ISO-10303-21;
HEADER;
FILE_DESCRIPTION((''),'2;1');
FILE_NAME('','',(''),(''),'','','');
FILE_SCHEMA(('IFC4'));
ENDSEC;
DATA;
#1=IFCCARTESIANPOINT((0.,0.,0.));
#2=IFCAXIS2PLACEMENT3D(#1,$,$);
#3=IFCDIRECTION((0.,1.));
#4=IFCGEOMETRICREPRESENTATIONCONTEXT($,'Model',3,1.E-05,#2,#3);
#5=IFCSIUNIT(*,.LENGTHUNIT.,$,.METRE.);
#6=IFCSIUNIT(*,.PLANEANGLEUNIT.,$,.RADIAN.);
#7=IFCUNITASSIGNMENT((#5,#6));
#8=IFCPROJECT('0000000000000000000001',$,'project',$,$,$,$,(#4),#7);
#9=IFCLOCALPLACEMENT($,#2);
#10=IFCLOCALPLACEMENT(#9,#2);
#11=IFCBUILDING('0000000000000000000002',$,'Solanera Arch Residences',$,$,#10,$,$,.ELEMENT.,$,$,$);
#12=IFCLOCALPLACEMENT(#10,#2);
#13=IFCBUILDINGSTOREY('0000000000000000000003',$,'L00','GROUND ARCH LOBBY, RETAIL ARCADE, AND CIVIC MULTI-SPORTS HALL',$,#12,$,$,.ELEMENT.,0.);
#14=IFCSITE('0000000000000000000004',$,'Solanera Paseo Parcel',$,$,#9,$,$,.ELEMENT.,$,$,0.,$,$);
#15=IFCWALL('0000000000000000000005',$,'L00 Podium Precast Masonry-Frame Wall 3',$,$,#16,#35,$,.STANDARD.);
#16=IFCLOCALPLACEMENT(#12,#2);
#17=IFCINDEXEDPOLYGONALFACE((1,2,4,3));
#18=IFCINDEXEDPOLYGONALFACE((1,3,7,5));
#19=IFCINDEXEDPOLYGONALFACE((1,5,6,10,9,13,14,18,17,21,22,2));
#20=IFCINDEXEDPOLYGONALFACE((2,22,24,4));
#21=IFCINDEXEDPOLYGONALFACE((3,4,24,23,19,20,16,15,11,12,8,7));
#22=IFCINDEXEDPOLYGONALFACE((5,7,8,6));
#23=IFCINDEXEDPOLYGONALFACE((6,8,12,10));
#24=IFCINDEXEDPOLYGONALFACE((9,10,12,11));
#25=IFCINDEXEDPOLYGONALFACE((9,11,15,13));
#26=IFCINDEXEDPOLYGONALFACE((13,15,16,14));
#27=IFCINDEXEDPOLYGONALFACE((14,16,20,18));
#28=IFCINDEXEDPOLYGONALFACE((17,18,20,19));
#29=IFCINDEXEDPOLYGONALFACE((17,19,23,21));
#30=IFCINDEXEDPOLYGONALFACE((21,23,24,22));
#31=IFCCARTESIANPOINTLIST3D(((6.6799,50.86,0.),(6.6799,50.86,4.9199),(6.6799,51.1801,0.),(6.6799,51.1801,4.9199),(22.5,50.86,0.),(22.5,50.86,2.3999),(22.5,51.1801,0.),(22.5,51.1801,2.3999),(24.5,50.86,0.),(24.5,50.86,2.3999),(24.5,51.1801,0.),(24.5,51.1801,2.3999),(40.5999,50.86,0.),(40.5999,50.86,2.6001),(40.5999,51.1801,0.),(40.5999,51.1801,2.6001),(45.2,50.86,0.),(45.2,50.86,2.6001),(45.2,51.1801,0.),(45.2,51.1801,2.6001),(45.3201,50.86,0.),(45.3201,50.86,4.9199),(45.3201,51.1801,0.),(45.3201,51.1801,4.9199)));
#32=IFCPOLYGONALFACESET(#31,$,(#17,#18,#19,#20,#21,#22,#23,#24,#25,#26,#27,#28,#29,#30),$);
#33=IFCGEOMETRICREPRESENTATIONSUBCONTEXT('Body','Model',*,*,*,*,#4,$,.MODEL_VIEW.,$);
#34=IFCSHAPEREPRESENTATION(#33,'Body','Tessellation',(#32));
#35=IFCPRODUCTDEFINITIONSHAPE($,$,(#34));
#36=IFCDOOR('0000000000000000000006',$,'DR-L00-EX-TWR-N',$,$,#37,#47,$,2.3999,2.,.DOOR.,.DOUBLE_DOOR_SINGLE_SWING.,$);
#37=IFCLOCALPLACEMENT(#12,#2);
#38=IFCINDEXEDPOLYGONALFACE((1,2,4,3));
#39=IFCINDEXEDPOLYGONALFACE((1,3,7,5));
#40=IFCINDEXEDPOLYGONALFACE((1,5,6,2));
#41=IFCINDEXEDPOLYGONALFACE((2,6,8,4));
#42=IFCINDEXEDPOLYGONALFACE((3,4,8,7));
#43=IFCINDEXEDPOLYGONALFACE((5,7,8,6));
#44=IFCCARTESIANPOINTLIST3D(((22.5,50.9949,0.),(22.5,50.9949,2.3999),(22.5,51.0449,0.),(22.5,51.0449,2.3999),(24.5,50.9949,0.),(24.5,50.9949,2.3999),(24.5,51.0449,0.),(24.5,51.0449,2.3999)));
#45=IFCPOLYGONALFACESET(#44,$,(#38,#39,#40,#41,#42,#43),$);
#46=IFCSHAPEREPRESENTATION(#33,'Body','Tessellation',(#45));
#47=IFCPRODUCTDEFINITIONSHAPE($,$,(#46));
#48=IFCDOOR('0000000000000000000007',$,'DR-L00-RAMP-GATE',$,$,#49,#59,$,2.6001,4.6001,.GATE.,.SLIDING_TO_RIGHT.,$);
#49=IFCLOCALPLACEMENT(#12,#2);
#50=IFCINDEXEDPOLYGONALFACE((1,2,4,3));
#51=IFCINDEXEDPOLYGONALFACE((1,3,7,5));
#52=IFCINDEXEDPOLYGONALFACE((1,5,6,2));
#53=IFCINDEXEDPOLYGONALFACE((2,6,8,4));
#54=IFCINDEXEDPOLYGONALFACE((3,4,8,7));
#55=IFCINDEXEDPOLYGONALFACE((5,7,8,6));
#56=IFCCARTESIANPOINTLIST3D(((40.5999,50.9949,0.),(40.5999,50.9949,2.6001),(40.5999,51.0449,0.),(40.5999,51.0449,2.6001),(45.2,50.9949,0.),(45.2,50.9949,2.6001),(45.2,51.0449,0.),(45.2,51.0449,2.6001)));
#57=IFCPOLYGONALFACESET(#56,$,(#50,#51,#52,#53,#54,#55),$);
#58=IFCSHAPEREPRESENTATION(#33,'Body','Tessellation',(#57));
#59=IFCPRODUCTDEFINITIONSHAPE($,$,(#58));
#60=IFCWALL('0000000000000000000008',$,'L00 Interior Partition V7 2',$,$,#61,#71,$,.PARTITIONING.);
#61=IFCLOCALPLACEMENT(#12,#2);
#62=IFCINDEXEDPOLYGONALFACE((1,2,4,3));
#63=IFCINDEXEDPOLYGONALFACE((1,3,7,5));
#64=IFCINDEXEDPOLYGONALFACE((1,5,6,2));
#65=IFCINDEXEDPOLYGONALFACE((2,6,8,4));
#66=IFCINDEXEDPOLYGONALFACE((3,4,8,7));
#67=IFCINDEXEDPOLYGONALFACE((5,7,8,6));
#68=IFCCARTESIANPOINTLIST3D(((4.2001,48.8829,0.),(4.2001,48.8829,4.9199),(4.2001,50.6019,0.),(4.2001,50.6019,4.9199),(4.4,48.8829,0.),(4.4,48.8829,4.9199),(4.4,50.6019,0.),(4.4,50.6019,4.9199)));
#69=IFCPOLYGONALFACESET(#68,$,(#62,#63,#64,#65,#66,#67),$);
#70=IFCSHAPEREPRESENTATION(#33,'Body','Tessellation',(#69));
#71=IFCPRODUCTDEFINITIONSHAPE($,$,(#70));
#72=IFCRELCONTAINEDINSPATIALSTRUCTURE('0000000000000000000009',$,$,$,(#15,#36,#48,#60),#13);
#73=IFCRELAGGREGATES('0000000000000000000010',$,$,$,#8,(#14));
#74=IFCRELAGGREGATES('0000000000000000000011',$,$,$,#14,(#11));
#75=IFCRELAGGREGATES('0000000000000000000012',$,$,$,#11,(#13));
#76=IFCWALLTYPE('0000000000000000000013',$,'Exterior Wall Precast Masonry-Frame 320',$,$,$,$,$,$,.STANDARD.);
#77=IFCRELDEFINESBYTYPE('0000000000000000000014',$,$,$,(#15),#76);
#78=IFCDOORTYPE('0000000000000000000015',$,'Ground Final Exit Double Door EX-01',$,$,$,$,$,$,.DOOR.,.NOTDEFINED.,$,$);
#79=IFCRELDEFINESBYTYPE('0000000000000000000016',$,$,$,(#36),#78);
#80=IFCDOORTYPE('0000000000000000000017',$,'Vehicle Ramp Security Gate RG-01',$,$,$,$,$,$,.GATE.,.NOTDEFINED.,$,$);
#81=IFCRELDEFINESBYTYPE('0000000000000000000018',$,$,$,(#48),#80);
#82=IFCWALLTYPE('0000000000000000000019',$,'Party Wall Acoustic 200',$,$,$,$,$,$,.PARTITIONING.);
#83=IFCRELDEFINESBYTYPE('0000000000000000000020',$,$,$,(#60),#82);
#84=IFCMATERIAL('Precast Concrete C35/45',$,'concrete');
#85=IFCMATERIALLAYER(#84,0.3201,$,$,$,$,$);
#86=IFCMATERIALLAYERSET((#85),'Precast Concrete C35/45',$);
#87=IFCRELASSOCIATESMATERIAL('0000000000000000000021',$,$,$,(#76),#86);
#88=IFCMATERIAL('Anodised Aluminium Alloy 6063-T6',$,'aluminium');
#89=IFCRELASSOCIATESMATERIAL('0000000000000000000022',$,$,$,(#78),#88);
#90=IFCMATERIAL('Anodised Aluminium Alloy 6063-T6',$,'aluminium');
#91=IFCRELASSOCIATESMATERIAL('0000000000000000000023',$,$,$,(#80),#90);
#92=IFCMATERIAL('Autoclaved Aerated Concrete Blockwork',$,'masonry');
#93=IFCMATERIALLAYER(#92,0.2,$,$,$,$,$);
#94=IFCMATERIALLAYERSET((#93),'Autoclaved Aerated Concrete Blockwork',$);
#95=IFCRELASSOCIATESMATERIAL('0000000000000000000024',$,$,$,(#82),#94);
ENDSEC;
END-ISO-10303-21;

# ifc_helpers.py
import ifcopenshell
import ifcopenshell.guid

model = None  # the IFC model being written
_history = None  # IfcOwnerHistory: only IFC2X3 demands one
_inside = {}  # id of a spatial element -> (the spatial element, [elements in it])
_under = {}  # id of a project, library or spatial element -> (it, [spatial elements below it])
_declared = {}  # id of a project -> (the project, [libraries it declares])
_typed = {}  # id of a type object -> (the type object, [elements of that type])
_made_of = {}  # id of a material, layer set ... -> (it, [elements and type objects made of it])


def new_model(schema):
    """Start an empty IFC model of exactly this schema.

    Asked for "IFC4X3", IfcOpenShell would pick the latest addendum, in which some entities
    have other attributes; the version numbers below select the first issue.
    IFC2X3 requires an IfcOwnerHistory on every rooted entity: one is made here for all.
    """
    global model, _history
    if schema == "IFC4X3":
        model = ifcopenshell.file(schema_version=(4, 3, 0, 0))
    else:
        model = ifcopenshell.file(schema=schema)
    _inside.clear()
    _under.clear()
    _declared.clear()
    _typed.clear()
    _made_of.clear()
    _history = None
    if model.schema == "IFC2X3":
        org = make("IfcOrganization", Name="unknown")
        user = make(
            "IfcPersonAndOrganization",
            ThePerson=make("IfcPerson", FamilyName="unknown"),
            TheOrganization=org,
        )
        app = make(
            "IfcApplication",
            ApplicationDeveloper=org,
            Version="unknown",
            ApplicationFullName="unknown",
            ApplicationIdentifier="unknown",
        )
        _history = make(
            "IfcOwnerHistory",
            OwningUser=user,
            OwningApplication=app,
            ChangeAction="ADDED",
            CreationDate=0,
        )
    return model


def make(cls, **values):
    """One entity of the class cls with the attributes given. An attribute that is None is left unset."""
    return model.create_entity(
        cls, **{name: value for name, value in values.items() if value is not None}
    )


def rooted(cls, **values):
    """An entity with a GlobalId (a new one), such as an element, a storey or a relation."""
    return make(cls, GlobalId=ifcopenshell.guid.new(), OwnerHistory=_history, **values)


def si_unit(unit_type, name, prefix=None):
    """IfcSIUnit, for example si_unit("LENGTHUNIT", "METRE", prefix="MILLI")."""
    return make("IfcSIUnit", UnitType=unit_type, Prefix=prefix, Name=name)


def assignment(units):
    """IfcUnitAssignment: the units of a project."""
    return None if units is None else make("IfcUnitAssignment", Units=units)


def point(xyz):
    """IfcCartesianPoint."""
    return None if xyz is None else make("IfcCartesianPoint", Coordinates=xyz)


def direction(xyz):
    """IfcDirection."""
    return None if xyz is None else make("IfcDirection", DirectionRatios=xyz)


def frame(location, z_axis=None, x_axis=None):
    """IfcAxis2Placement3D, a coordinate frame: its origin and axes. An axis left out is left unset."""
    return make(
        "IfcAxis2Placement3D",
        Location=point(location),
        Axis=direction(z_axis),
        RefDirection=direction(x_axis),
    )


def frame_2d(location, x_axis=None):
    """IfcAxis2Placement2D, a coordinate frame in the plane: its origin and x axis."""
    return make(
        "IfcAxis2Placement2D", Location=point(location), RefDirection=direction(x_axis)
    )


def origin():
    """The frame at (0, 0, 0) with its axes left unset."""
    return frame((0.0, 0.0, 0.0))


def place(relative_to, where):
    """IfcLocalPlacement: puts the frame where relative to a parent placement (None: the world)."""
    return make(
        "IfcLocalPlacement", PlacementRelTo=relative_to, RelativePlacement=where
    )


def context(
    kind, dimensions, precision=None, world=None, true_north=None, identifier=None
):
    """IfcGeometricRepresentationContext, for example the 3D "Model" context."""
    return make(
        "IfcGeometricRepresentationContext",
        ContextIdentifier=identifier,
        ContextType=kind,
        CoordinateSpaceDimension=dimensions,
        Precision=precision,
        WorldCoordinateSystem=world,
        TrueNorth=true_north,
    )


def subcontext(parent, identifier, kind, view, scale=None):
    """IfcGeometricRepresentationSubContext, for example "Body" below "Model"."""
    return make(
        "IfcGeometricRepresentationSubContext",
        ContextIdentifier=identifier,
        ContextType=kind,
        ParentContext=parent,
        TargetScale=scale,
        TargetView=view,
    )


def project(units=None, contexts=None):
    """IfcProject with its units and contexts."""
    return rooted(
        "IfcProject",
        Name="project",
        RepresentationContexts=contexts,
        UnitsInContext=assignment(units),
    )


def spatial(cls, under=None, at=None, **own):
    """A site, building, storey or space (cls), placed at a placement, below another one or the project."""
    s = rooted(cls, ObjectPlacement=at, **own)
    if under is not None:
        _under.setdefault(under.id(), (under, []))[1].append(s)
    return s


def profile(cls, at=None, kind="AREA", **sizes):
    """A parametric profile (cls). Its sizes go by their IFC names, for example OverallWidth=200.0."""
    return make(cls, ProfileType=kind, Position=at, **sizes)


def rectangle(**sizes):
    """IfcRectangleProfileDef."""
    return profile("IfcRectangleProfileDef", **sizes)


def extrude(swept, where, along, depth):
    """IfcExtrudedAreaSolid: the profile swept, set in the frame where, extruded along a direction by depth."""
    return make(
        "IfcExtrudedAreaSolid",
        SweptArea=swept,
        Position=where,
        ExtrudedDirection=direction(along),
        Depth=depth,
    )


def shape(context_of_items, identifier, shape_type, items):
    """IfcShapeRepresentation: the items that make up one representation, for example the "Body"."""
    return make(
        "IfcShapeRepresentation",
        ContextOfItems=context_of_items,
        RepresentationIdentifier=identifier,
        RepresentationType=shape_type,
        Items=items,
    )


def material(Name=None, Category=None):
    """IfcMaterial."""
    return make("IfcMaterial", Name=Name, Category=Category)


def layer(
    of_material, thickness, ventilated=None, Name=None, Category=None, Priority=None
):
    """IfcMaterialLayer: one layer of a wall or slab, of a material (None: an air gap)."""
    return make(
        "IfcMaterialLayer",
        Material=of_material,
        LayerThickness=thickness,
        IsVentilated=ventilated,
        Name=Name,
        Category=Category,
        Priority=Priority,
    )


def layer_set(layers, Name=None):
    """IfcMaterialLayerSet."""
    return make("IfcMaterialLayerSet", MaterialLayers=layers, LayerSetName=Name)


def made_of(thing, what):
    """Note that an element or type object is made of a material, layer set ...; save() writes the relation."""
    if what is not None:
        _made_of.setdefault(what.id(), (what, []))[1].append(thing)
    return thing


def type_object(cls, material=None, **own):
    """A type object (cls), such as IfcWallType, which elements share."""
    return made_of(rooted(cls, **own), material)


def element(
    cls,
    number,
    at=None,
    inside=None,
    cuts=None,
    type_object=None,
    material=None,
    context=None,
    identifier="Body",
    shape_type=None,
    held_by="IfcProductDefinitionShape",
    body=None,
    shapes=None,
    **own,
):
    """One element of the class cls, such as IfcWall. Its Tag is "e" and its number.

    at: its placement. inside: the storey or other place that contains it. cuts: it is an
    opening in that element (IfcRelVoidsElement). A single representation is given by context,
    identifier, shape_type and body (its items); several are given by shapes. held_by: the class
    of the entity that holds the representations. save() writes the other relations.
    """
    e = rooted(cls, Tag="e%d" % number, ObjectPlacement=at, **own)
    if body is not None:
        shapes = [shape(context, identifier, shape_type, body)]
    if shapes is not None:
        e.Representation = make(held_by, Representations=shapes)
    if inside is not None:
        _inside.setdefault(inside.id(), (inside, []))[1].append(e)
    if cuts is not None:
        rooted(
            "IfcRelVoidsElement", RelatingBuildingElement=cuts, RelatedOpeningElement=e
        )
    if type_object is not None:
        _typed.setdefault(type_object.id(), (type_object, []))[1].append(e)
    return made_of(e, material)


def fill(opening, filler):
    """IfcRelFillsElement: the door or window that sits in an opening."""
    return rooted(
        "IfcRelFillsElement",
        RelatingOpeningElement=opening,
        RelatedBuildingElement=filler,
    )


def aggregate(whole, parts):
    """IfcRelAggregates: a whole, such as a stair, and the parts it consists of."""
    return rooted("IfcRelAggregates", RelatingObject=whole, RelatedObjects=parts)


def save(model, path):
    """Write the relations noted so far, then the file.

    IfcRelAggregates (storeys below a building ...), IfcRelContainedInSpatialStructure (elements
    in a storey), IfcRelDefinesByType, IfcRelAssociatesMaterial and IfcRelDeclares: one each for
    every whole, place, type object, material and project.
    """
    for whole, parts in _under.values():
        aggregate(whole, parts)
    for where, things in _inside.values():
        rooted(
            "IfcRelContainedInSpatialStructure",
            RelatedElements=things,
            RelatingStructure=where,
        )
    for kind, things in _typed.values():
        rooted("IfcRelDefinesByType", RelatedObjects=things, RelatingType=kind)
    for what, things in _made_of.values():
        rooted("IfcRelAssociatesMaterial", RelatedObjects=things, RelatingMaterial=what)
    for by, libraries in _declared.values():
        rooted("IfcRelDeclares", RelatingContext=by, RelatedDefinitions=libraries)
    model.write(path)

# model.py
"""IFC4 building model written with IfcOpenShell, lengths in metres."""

from ifc_helpers import new_model, si_unit, direction, frame, frame_2d, origin, place, context, subcontext, project, spatial, rectangle, extrude, material, layer, layer_set, type_object, element, fill, save


model = new_model("IFC4")

# Units and contexts
model_context = context("Model", 3, precision=1e-05, world=origin(), true_north=direction((0.0, 1.0)))
body_context = subcontext(model_context, "Body", "Model", "MODEL_VIEW")
ifc_project = project(units=[si_unit("LENGTHUNIT", "METRE"), si_unit("PLANEANGLEUNIT", "RADIAN")], contexts=[model_context])

# Site, building, storey
site_placement = place(None, origin())
site = spatial("IfcSite", under=ifc_project, at=site_placement, Name="Solanera Paseo Parcel", CompositionType="ELEMENT", RefElevation=0.0)
building_placement = place(site_placement, origin())
building = spatial("IfcBuilding", under=site, at=building_placement, Name="Solanera Arch Residences", CompositionType="ELEMENT")
storey_placement = place(building_placement, origin())
storey = spatial("IfcBuildingStorey", under=building, at=storey_placement, Name="L00", Description="GROUND ARCH LOBBY, RETAIL ARCADE, AND CIVIC MULTI-SPORTS HALL", CompositionType="ELEMENT", Elevation=0.0)

# Shared definitions
ifc_material_1 = material(Name="Precast Concrete C35/45", Category="concrete")
ifc_layer_1 = layer(ifc_material_1, 0.3201)
ifc_layer_set_1 = layer_set([ifc_layer_1], Name="Precast Concrete C35/45")
wall_type_1 = type_object("IfcWallType", Name="Exterior Wall Precast Masonry-Frame 320", PredefinedType="STANDARD", material=ifc_layer_set_1)

# Wall, openings, doors
wall_1_placement = place(storey_placement, frame((6.6799, 51.02, 0.0), z_axis=(0.0, 0.0, 1.0), x_axis=(1.0, 0.0, 0.0)))
wall_1 = element("IfcWall", 1, at=wall_1_placement, inside=storey, type_object=wall_type_1, Name="L00 Podium Precast Masonry-Frame Wall 3", PredefinedType="STANDARD", context=body_context, shape_type="SweptSolid", body=[
    extrude(rectangle(XDim=38.6401, YDim=0.3201, at=frame_2d((19.3201, 0.0))), origin(), (0.0, 0.0, 1.0), 4.9199),
])
opening_1_placement = place(wall_1_placement, frame((33.9199, 0.0, 0.0)))
opening_1 = element("IfcOpeningElement", 2, at=opening_1_placement, cuts=wall_1, PredefinedType="OPENING", context=body_context, shape_type="SweptSolid", body=[
    extrude(rectangle(XDim=4.6001, YDim=2.6001, at=frame_2d((2.3, 1.3))), frame((0.0, 0.1699, 0.0), z_axis=(0.0, -1.0, 0.0), x_axis=(1.0, 0.0, 0.0)), (0.0, 0.0, 1.0), 0.3401),
])
opening_2_placement = place(wall_1_placement, frame((15.8201, 0.0, 0.0)))
opening_2 = element("IfcOpeningElement", 3, at=opening_2_placement, cuts=wall_1, PredefinedType="OPENING", context=body_context, shape_type="SweptSolid", body=[
    extrude(rectangle(XDim=2.0, YDim=2.3999, at=frame_2d((1.0, 1.2))), frame((0.0, 0.1699, 0.0), z_axis=(0.0, -1.0, 0.0), x_axis=(1.0, 0.0, 0.0)), (0.0, 0.0, 1.0), 0.3401),
])
ifc_material_2 = material(Name="Anodised Aluminium Alloy 6063-T6", Category="aluminium")
door_type_1 = type_object("IfcDoorType", Name="Ground Final Exit Double Door EX-01", OperationType="NOTDEFINED", PredefinedType="DOOR", material=ifc_material_2)
door_1_placement = place(opening_2_placement, origin())
door_1 = element("IfcDoor", 4, at=door_1_placement, inside=storey, type_object=door_type_1, Name="DR-L00-EX-TWR-N", OperationType="DOUBLE_DOOR_SINGLE_SWING", OverallHeight=2.3999, OverallWidth=2.0, PredefinedType="DOOR", context=body_context, shape_type="SweptSolid", body=[
    extrude(rectangle(XDim=2.0, YDim=2.3999, at=frame_2d((1.0, 1.2))), frame((0.0, 0.0249, 0.0), z_axis=(0.0, -1.0, 0.0), x_axis=(1.0, 0.0, 0.0)), (0.0, 0.0, 1.0), 0.05),
])
fill(opening_2, door_1)
ifc_material_3 = material(Name="Anodised Aluminium Alloy 6063-T6", Category="aluminium")
door_type_2 = type_object("IfcDoorType", Name="Vehicle Ramp Security Gate RG-01", OperationType="NOTDEFINED", PredefinedType="GATE", material=ifc_material_3)
door_2_placement = place(opening_1_placement, origin())
door_2 = element("IfcDoor", 5, at=door_2_placement, inside=storey, type_object=door_type_2, Name="DR-L00-RAMP-GATE", OperationType="SLIDING_TO_RIGHT", OverallHeight=2.6001, OverallWidth=4.6001, PredefinedType="GATE", context=body_context, shape_type="SweptSolid", body=[
    extrude(rectangle(XDim=4.6001, YDim=2.6001, at=frame_2d((2.3, 1.3))), frame((0.0, 0.0249, 0.0), z_axis=(0.0, -1.0, 0.0), x_axis=(1.0, 0.0, 0.0)), (0.0, 0.0, 1.0), 0.05),
])
fill(opening_1, door_2)

# Wall
ifc_material_4 = material(Name="Autoclaved Aerated Concrete Blockwork", Category="masonry")
ifc_layer_2 = layer(ifc_material_4, 0.2)
ifc_layer_set_2 = layer_set([ifc_layer_2], Name="Autoclaved Aerated Concrete Blockwork")
wall_type_2 = type_object("IfcWallType", Name="Party Wall Acoustic 200", PredefinedType="PARTITIONING", material=ifc_layer_set_2)
wall_2_placement = place(storey_placement, frame((4.3, 48.8831, 0.0), z_axis=(0.0, 0.0, 1.0), x_axis=(0.0, 1.0, 0.0)))
element("IfcWall", 6, at=wall_2_placement, inside=storey, type_object=wall_type_2, Name="L00 Interior Partition V7 2", PredefinedType="PARTITIONING", context=body_context, shape_type="SweptSolid", body=[
    extrude(rectangle(XDim=1.719, YDim=0.2, at=frame_2d((0.8594, 0.0))), origin(), (0.0, 0.0, 1.0), 4.9199),
])

save(model, "model.ifc")
